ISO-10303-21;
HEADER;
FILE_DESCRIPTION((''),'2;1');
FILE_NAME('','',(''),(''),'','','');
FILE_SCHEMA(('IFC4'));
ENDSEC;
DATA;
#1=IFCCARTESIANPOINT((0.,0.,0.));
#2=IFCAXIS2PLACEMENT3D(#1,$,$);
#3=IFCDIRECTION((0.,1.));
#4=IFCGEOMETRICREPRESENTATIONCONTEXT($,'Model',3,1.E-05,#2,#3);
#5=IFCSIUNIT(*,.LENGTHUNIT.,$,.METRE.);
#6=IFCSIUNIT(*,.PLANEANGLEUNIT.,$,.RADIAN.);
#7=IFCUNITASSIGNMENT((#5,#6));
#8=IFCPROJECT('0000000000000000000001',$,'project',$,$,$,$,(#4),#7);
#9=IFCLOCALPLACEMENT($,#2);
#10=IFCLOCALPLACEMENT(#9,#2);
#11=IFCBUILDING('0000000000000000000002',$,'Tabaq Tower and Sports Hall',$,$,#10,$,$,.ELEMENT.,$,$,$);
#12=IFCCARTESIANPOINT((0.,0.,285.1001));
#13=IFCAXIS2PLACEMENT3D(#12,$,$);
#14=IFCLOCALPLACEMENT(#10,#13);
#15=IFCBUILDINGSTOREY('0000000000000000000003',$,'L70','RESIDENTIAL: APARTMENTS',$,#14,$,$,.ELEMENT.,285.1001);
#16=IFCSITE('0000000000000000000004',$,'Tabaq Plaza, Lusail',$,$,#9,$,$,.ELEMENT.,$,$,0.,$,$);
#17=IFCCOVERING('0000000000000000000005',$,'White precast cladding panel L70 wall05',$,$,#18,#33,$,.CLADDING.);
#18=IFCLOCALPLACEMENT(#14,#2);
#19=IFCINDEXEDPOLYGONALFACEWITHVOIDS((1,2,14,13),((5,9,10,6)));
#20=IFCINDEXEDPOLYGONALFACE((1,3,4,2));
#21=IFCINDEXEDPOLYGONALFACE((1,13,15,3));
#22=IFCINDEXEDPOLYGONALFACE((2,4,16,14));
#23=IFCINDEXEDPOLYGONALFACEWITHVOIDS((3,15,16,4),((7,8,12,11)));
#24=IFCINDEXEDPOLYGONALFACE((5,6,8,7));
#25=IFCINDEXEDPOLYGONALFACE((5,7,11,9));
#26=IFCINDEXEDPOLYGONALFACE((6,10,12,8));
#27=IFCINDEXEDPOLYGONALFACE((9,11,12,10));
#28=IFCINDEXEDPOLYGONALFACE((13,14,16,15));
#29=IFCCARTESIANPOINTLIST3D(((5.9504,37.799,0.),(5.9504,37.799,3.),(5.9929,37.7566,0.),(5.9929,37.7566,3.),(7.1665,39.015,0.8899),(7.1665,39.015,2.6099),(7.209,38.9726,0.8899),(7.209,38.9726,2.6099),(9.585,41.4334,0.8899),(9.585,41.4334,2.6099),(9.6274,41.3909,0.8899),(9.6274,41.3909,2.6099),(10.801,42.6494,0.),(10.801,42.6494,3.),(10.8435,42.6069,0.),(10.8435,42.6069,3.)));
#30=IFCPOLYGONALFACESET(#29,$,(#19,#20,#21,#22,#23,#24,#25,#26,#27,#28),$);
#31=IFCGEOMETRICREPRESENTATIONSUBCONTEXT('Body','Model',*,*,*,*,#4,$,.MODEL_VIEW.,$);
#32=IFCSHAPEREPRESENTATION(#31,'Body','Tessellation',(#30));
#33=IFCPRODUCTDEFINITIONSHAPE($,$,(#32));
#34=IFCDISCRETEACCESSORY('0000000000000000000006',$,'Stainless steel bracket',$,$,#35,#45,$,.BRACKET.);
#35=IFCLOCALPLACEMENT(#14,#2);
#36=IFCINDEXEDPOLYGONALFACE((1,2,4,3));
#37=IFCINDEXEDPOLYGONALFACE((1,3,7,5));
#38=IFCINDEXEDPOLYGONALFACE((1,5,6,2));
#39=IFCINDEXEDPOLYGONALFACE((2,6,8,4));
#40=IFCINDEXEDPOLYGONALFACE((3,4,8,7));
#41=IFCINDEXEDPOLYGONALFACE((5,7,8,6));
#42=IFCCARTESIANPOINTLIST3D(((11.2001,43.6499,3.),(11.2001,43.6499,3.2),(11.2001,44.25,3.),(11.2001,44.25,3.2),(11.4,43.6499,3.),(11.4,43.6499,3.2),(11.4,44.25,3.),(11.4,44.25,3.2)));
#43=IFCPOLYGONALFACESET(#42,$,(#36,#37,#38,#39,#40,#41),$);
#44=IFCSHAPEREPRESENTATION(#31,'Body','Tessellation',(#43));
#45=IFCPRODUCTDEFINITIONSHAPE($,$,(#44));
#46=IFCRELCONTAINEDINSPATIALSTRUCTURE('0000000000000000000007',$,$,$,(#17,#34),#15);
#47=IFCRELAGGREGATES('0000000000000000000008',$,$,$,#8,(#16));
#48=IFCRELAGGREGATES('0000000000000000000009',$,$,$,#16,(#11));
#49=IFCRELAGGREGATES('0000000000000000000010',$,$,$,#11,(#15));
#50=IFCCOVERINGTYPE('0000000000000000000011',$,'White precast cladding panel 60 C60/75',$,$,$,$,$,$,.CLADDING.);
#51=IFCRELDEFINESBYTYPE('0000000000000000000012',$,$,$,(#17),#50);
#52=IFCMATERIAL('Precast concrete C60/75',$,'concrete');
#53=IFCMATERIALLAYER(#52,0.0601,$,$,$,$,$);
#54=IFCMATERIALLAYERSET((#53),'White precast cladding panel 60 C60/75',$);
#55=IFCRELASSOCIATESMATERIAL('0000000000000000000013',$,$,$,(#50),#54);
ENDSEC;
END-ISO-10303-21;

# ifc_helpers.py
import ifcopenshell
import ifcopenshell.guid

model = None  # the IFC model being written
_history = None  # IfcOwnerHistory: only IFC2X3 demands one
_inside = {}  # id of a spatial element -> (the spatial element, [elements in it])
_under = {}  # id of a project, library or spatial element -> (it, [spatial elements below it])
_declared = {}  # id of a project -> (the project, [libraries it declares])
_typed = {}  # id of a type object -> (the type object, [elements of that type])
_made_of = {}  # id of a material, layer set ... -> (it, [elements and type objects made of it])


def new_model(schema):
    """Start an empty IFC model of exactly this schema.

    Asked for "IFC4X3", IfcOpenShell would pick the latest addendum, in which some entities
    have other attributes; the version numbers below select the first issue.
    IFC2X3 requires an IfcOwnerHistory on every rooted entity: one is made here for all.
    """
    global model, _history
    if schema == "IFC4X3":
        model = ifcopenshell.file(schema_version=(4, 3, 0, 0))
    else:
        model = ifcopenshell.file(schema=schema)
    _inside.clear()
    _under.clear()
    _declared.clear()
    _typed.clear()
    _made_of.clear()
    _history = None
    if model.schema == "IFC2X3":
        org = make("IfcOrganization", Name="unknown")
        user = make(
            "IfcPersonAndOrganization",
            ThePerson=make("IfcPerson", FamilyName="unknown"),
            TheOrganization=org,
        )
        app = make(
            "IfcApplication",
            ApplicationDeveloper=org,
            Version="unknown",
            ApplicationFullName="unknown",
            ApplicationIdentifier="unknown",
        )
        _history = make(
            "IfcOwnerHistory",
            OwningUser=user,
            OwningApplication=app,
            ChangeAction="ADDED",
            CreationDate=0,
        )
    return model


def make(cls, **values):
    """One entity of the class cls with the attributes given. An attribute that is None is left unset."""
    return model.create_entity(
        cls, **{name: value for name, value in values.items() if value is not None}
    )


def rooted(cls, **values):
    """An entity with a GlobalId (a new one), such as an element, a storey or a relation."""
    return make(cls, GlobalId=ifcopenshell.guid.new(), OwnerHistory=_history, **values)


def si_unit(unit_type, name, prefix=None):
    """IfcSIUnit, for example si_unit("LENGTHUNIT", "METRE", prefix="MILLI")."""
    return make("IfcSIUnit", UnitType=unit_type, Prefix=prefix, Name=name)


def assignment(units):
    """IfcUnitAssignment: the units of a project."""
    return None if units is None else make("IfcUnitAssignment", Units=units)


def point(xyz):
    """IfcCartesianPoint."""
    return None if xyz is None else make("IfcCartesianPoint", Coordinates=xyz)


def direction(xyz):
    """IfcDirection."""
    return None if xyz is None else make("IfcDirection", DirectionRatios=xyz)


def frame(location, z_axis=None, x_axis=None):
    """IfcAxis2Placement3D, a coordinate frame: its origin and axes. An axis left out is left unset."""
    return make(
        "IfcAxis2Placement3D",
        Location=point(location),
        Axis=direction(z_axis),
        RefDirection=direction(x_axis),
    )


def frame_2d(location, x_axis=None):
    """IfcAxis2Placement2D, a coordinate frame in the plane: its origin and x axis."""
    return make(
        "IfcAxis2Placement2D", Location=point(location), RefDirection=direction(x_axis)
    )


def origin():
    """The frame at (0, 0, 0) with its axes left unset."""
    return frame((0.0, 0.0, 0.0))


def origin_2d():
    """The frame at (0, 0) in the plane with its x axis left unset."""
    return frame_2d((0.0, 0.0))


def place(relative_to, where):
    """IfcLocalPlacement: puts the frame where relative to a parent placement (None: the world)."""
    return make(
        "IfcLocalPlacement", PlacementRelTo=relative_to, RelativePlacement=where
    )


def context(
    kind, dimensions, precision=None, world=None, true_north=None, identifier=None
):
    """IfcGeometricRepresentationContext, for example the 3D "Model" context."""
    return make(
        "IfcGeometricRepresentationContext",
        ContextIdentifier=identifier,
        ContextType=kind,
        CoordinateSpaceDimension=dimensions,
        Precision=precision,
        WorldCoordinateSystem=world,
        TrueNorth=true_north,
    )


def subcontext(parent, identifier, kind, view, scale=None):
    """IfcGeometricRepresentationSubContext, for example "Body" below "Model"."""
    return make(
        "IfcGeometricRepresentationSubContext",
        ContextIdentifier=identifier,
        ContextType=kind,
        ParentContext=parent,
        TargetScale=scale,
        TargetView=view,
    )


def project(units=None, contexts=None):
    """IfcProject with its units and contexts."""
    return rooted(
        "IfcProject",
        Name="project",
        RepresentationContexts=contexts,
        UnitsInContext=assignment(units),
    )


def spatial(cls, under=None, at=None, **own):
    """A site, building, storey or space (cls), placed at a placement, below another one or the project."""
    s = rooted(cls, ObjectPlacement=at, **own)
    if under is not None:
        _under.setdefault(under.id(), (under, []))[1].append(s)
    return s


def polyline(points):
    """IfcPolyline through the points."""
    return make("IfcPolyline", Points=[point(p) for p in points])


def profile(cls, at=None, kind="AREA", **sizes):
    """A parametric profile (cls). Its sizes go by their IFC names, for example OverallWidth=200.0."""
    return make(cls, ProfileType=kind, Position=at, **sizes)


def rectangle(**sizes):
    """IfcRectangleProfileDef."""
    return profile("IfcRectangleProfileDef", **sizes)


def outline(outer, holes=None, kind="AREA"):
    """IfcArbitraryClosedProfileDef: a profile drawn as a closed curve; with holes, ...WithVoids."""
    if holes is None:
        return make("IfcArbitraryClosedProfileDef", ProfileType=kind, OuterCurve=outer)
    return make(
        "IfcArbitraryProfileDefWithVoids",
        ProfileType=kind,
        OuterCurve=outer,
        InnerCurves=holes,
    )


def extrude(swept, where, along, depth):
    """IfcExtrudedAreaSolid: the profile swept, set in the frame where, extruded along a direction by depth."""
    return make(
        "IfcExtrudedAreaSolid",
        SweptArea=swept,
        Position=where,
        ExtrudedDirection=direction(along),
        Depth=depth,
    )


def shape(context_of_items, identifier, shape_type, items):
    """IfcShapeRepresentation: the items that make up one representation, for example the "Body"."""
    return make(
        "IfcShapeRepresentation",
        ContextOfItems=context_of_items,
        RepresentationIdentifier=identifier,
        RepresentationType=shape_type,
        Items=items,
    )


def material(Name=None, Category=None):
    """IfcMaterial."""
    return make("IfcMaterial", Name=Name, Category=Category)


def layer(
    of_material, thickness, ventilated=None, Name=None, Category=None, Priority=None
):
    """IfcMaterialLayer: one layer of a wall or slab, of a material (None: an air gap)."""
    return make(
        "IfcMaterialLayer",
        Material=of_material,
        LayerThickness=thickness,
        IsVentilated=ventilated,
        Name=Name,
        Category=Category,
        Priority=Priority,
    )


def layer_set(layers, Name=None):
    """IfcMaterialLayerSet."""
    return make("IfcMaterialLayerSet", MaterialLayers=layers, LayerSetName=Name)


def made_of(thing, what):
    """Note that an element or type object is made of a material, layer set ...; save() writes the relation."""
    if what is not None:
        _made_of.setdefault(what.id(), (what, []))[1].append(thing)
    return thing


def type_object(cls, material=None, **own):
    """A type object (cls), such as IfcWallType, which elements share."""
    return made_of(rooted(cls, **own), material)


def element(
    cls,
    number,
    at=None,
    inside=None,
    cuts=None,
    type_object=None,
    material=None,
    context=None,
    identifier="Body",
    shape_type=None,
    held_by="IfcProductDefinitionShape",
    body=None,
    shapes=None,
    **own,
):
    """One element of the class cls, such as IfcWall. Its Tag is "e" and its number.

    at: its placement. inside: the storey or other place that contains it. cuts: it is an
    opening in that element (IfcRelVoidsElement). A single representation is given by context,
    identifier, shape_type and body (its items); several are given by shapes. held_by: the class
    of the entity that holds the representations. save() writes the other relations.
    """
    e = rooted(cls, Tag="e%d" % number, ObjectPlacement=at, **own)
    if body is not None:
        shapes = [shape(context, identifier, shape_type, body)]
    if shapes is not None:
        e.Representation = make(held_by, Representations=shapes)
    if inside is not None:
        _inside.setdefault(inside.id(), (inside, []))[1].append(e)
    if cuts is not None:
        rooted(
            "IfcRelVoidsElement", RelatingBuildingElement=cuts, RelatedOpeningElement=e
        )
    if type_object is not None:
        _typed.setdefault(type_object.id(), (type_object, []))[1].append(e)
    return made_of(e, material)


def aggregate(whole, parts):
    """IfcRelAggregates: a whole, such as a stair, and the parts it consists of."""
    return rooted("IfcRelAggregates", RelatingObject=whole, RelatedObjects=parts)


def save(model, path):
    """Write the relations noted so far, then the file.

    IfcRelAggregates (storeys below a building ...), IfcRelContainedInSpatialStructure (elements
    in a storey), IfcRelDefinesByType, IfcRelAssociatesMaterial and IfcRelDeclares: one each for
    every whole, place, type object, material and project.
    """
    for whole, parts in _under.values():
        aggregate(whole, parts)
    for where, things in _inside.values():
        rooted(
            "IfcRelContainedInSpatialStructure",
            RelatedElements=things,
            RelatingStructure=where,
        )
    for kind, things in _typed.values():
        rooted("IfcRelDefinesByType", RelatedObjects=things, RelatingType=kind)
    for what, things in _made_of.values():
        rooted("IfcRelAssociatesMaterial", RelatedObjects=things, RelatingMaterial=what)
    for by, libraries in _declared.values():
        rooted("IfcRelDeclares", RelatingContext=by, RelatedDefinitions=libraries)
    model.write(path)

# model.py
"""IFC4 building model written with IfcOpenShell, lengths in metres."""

from ifc_helpers import new_model, si_unit, direction, frame, origin, origin_2d, place, context, subcontext, project, spatial, polyline, rectangle, outline, extrude, material, layer, layer_set, type_object, element, save


model = new_model("IFC4")

# Units and contexts
model_context = context("Model", 3, precision=1e-05, world=origin(), true_north=direction((0.0, 1.0)))
body_context = subcontext(model_context, "Body", "Model", "MODEL_VIEW")
ifc_project = project(units=[si_unit("LENGTHUNIT", "METRE"), si_unit("PLANEANGLEUNIT", "RADIAN")], contexts=[model_context])

# Site, building, storey
site_placement = place(None, origin())
site = spatial("IfcSite", under=ifc_project, at=site_placement, Name="Tabaq Plaza, Lusail", CompositionType="ELEMENT", RefElevation=0.0)
building_placement = place(site_placement, origin())
building = spatial("IfcBuilding", under=site, at=building_placement, Name="Tabaq Tower and Sports Hall", CompositionType="ELEMENT")
storey_placement = place(building_placement, frame((0.0, 0.0, 285.1001)))
storey = spatial("IfcBuildingStorey", under=building, at=storey_placement, Name="L70", Description="RESIDENTIAL: APARTMENTS", CompositionType="ELEMENT", Elevation=285.1001)

# Covering
ifc_material_1 = material(Name="Precast concrete C60/75", Category="concrete")
ifc_layer_1 = layer(ifc_material_1, 0.0601)
ifc_layer_set_1 = layer_set([ifc_layer_1], Name="White precast cladding panel 60 C60/75")
covering_type = type_object("IfcCoveringType", Name="White precast cladding panel 60 C60/75", PredefinedType="CLADDING", material=ifc_layer_set_1)
covering_1_placement = place(storey_placement, frame((10.8223, 42.6282, 0.0), z_axis=(0.0, 0.0, 1.0), x_axis=(-0.707125, -0.707089, 0.0)))
element("IfcCovering", 1, at=covering_1_placement, inside=storey, type_object=covering_type, Name="White precast cladding panel L70 wall05", PredefinedType="CLADDING", context=body_context, shape_type="SweptSolid", body=[
    extrude(outline(polyline([(0.0, 0.0), (6.8596, 0.0), (6.8596, 3.0), (0.0, 3.0), (0.0, 0.0)]), holes=[polyline([(1.7197, 0.8899), (1.7197, 2.6099), (5.1399, 2.6099), (5.1399, 0.8899), (1.7197, 0.8899)])]), frame((0.0, 0.03, 0.0), z_axis=(0.0, -1.0, 0.0), x_axis=(1.0, 0.0, 0.0)), (0.0, 0.0, 1.0), 0.0601),
])

# Discrete accessory
discrete_accessory_placement = place(storey_placement, frame((11.3, 43.95, 3.0), z_axis=(0.0, 0.0, 1.0), x_axis=(0.0, 1.0, 0.0)))
element("IfcDiscreteAccessory", 2, at=discrete_accessory_placement, inside=storey, Name="Stainless steel bracket", PredefinedType="BRACKET", context=body_context, shape_type="SweptSolid", body=[
    extrude(rectangle(XDim=0.6001, YDim=0.2, at=origin_2d()), origin(), (0.0, 0.0, 1.0), 0.2),
])

save(model, "model.ifc")
